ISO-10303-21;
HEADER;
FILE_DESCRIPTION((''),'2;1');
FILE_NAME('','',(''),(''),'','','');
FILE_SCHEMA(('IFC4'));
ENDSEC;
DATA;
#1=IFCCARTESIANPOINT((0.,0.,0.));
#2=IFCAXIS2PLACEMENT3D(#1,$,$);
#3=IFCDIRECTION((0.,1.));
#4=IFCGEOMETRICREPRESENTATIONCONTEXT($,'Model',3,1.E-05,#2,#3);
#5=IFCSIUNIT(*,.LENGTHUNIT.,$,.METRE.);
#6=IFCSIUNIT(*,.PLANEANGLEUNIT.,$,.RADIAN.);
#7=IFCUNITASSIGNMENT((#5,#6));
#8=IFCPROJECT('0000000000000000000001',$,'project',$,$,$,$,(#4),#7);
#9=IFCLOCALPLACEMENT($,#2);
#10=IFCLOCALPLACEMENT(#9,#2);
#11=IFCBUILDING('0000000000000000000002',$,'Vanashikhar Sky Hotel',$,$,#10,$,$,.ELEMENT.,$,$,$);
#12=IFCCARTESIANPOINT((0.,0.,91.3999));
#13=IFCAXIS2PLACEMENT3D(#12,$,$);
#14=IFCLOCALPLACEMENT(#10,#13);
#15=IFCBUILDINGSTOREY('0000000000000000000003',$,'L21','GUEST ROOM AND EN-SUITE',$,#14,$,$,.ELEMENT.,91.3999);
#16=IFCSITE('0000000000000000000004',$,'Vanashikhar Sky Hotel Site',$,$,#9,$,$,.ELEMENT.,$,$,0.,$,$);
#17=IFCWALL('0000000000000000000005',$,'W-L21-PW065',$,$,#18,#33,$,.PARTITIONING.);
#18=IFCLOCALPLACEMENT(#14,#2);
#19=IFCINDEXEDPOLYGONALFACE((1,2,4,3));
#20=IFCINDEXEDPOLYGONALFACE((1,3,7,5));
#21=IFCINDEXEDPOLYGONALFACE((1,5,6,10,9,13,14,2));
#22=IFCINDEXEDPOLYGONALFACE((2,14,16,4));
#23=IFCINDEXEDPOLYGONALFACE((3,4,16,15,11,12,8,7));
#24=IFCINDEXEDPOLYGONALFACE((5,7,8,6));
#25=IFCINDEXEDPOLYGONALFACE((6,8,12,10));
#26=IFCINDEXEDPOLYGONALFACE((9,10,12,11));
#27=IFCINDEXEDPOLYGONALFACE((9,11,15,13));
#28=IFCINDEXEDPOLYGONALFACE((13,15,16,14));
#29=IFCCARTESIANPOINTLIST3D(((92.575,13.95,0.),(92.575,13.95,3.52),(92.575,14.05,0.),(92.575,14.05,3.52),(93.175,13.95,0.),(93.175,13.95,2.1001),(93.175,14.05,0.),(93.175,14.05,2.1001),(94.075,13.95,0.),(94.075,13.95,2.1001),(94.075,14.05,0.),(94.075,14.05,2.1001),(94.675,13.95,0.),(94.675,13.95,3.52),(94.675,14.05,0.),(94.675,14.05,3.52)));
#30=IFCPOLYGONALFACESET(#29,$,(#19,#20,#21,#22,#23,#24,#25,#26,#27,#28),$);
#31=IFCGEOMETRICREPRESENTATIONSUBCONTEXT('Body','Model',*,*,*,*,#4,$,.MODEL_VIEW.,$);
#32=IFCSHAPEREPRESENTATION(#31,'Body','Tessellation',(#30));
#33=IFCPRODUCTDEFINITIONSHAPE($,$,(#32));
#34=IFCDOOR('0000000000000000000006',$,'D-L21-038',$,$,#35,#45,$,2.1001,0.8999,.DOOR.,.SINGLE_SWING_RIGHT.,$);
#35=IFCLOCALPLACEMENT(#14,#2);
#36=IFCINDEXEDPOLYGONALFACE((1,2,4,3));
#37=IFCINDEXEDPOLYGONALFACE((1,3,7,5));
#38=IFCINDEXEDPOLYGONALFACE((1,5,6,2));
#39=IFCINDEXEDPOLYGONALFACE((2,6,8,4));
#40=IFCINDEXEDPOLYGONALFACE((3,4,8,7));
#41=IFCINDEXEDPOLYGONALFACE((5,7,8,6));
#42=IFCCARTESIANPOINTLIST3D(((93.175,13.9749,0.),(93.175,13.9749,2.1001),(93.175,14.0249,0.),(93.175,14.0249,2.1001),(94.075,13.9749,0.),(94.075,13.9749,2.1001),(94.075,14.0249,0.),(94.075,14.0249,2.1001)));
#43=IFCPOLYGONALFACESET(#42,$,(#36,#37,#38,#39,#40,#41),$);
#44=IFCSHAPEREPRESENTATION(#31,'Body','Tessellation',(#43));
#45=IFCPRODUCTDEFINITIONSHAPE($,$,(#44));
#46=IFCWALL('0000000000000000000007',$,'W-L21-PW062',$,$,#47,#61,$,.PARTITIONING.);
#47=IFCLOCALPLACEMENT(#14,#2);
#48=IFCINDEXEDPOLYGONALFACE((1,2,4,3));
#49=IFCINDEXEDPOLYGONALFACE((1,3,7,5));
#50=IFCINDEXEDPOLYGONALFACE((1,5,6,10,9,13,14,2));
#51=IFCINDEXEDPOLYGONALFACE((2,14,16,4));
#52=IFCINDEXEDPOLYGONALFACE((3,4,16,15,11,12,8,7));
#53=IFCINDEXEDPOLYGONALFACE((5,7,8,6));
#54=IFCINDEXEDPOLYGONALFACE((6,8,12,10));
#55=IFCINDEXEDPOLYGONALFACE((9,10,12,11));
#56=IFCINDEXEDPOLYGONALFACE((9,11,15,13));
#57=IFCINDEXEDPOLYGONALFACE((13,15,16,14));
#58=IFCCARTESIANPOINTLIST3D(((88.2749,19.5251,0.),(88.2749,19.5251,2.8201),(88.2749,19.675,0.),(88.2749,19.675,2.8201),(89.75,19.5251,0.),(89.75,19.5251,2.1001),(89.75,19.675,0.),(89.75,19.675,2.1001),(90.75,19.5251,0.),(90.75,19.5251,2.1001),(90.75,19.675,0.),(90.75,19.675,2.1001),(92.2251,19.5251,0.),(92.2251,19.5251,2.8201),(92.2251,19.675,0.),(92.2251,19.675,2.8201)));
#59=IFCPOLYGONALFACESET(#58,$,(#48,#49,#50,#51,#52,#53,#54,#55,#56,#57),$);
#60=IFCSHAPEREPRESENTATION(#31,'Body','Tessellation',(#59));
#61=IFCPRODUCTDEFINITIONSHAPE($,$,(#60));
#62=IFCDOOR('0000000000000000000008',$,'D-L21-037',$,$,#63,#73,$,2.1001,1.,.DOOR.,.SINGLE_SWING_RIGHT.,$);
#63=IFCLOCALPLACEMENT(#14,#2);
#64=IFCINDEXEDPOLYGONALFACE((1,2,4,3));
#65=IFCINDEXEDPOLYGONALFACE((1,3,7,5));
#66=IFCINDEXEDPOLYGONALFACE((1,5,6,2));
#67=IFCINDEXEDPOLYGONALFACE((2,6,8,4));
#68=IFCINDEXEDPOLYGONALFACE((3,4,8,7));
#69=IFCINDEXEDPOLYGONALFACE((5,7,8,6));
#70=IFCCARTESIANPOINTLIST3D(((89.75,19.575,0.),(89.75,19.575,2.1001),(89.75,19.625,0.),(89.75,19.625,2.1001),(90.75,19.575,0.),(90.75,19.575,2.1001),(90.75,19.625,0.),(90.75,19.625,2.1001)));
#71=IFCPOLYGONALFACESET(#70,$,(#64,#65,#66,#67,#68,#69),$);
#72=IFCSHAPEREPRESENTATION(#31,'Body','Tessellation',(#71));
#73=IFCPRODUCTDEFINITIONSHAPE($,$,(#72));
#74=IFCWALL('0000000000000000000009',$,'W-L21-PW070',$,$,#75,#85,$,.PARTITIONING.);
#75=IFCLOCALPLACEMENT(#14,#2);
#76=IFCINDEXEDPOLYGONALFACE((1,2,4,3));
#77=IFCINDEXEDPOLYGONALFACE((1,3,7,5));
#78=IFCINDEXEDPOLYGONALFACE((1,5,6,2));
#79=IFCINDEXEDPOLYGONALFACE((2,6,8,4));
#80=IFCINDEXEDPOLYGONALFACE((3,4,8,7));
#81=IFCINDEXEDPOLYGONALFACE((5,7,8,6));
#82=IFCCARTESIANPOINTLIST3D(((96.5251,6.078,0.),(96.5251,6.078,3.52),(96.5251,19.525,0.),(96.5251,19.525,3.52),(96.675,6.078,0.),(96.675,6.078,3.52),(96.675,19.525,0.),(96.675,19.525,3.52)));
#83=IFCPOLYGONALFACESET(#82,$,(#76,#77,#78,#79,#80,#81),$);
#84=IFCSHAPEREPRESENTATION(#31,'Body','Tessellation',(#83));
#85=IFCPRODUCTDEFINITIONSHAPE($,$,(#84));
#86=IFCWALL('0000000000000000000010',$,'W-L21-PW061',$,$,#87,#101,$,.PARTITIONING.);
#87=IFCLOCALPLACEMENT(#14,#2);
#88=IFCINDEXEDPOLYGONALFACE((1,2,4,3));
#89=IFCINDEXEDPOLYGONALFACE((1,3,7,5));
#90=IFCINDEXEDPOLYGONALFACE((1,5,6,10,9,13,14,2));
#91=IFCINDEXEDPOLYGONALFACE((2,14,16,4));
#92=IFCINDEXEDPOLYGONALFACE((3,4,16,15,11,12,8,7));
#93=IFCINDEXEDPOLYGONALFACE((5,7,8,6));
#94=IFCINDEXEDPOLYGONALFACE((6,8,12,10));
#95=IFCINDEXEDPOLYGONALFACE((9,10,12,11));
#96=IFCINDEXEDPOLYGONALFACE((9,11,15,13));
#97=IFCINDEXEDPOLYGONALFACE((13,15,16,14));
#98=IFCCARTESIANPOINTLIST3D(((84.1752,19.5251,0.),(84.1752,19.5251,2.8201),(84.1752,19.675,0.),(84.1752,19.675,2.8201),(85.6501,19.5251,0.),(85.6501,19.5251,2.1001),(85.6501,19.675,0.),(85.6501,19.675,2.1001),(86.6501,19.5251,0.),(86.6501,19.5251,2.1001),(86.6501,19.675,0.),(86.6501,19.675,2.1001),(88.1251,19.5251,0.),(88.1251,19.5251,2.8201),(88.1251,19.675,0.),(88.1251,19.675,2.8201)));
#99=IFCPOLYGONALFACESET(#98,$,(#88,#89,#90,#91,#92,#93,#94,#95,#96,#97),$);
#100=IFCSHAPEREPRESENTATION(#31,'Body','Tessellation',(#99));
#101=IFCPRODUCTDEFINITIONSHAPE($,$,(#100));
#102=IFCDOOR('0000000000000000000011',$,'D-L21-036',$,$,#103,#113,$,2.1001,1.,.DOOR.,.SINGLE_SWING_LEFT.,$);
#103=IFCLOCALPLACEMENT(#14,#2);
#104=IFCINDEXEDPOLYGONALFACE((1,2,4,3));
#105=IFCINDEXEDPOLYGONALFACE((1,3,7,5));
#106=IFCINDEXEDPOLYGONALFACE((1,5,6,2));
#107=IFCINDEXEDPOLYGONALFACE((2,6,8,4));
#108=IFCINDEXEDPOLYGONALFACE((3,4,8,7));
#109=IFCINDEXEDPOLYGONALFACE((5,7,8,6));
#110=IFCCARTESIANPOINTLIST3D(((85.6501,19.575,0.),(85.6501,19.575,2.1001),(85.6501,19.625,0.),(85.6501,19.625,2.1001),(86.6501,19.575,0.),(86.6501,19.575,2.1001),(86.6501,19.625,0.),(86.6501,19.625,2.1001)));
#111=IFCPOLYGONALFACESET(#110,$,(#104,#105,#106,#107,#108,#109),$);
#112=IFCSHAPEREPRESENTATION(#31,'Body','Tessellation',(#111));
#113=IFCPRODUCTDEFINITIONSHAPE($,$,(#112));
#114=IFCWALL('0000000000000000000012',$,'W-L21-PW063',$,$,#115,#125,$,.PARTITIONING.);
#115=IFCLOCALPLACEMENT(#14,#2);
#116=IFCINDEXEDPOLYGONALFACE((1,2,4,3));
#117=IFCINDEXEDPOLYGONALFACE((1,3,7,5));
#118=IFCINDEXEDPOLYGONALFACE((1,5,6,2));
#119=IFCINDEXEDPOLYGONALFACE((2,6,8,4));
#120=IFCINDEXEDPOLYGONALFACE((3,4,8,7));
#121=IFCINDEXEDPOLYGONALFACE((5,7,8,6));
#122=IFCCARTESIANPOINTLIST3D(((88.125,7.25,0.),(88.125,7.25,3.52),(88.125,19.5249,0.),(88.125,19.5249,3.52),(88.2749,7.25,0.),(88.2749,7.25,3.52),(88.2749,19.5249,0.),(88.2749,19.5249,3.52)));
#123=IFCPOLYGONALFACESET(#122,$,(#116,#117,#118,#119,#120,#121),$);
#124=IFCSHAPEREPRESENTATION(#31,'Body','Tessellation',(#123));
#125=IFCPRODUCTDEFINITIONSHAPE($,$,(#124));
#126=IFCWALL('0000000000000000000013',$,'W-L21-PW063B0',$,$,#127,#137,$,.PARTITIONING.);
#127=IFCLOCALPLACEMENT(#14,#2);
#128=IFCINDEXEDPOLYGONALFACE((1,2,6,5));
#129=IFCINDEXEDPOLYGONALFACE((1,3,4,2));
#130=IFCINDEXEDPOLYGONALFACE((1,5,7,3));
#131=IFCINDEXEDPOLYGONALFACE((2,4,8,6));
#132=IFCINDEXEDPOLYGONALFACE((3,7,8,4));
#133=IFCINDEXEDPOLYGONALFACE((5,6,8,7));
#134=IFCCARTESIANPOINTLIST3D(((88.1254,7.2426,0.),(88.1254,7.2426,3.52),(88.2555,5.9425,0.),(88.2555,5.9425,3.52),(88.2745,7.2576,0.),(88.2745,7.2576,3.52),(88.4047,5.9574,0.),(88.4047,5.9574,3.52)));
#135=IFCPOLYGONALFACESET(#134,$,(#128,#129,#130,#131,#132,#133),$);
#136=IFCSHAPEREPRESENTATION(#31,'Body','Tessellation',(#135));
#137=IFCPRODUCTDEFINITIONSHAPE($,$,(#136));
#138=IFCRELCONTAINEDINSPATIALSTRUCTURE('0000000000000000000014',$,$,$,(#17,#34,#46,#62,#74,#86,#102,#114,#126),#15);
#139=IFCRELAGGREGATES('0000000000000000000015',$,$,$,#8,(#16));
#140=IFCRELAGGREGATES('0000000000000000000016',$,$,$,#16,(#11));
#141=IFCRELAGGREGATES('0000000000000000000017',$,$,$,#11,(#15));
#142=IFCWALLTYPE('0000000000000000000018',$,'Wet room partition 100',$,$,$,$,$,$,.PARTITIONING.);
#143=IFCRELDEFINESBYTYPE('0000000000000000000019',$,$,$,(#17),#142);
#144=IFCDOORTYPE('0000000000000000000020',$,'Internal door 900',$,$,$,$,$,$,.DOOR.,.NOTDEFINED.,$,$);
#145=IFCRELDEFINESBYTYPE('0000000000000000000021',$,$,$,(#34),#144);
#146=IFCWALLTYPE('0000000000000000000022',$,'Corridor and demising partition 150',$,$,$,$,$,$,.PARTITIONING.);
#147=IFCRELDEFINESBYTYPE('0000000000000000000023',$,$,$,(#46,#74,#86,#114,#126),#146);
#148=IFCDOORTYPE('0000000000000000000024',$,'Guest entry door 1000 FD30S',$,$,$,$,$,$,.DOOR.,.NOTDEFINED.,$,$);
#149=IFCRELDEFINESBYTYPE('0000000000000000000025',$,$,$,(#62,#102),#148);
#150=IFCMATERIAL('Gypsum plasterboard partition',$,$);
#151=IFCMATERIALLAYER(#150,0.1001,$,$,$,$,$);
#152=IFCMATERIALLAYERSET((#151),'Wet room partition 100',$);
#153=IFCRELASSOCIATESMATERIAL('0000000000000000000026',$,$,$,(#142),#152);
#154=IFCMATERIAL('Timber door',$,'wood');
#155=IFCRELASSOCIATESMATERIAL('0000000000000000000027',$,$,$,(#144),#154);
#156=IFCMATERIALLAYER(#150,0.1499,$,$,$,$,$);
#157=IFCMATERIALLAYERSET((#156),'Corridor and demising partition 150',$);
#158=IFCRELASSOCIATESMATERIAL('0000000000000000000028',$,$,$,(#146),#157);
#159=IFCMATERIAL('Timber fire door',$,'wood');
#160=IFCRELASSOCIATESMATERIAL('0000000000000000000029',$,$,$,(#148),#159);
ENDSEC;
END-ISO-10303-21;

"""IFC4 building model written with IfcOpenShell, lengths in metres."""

from ifc_helpers import new_model, si_unit, direction, frame, frame_2d, origin, place, context, subcontext, project, spatial, rectangle, extrude, source, transform, mapped, material, layer, layer_set, type_object, element, fill, save


model = new_model("IFC4")

# Units and contexts
model_context = context("Model", 3, precision=1e-05, world=origin(), true_north=direction((0.0, 1.0)))
body_context = subcontext(model_context, "Body", "Model", "MODEL_VIEW")
ifc_project = project(units=[si_unit("LENGTHUNIT", "METRE"), si_unit("PLANEANGLEUNIT", "RADIAN")], contexts=[model_context])

# Site, building, storey
site_placement = place(None, origin())
site = spatial("IfcSite", under=ifc_project, at=site_placement, Name="Vanashikhar Sky Hotel Site", CompositionType="ELEMENT", RefElevation=0.0)
building_placement = place(site_placement, origin())
building = spatial("IfcBuilding", under=site, at=building_placement, Name="Vanashikhar Sky Hotel", CompositionType="ELEMENT")
storey_placement = place(building_placement, frame((0.0, 0.0, 91.3999)))
storey = spatial("IfcBuildingStorey", under=building, at=storey_placement, Name="L21", Description="GUEST ROOM AND EN-SUITE", CompositionType="ELEMENT", Elevation=91.3999)

# Shared definitions
ifc_material_1 = material(Name="Gypsum plasterboard partition")
ifc_layer_1 = layer(ifc_material_1, 0.1001)
ifc_layer_set_1 = layer_set([ifc_layer_1], Name="Wet room partition 100")
wall_type_1 = type_object("IfcWallType", Name="Wet room partition 100", PredefinedType="PARTITIONING", material=ifc_layer_set_1)

# Walls, openings, doors
shared_shape_1 = source(origin(), body_context, "Body", "SweptSolid", [
    extrude(rectangle(XDim=0.8999, YDim=2.1001, at=frame_2d((0.45, 1.05))), frame((0.0, 0.0601, 0.0), z_axis=(0.0, -1.0, 0.0), x_axis=(1.0, 0.0, 0.0)), (0.0, 0.0, 1.0), 0.1201),
])
ifc_material_2 = material(Name="Timber door", Category="wood")
door_type_1 = type_object("IfcDoorType", Name="Internal door 900", OperationType="NOTDEFINED", PredefinedType="DOOR", material=ifc_material_2)
shared_shape_2 = source(origin(), body_context, "Body", "SweptSolid", [
    extrude(rectangle(XDim=0.8999, YDim=2.1001, at=frame_2d((0.45, 1.05))), frame((0.0, 0.0249, 0.0), z_axis=(0.0, -1.0, 0.0), x_axis=(1.0, 0.0, 0.0)), (0.0, 0.0, 1.0), 0.05),
])
shared_shape_3 = source(origin(), body_context, "Body", "SweptSolid", [
    extrude(rectangle(XDim=2.1001, YDim=0.1001, at=frame_2d((1.05, 0.0))), origin(), (0.0, 0.0, 1.0), 3.52),
])
wall_1_placement = place(storey_placement, frame((92.575, 14.0, 0.0), z_axis=(0.0, 0.0, 1.0), x_axis=(1.0, 0.0, 0.0)))
wall_1 = element("IfcWall", 1, at=wall_1_placement, inside=storey, type_object=wall_type_1, Name="W-L21-PW065", PredefinedType="PARTITIONING", context=body_context, shape_type="MappedRepresentation", body=[
    mapped(shared_shape_3, transform((0.0, 0.0, 0.0), scale=1.0)),
])
opening_1_placement = place(wall_1_placement, frame((0.6001, 0.0, 0.0)))
opening_1 = element("IfcOpeningElement", 2, at=opening_1_placement, cuts=wall_1, PredefinedType="OPENING", context=body_context, shape_type="MappedRepresentation", body=[
    mapped(shared_shape_1, transform((0.0, 0.0, 0.0), scale=1.0)),
])
door_1_placement = place(opening_1_placement, origin())
door_1 = element("IfcDoor", 3, at=door_1_placement, inside=storey, type_object=door_type_1, Name="D-L21-038", OperationType="SINGLE_SWING_RIGHT", OverallHeight=2.1001, OverallWidth=0.8999, PredefinedType="DOOR", context=body_context, shape_type="MappedRepresentation", body=[
    mapped(shared_shape_2, transform((0.0, 0.0, 0.0), scale=1.0)),
])
fill(opening_1, door_1)
ifc_layer_2 = layer(ifc_material_1, 0.1499)
ifc_layer_set_2 = layer_set([ifc_layer_2], Name="Corridor and demising partition 150")
wall_type_2 = type_object("IfcWallType", Name="Corridor and demising partition 150", PredefinedType="PARTITIONING", material=ifc_layer_set_2)
shared_shape_4 = source(origin(), body_context, "Body", "SweptSolid", [
    extrude(rectangle(XDim=3.9502, YDim=0.1499, at=frame_2d((1.9751, 0.0))), origin(), (0.0, 0.0, 1.0), 2.8201),
])
wall_2_placement = place(storey_placement, frame((88.2749, 19.6001, 0.0), z_axis=(0.0, 0.0, 1.0), x_axis=(1.0, 0.0, 0.0)))
wall_2 = element("IfcWall", 4, at=wall_2_placement, inside=storey, type_object=wall_type_2, Name="W-L21-PW062", PredefinedType="PARTITIONING", context=body_context, shape_type="MappedRepresentation", body=[
    mapped(shared_shape_4, transform((0.0, 0.0, 0.0), scale=1.0)),
])
shared_shape_5 = source(origin(), body_context, "Body", "SweptSolid", [
    extrude(rectangle(XDim=1.0, YDim=2.1001, at=frame_2d((0.5, 1.05))), frame((0.0, 0.085, 0.0), z_axis=(0.0, -1.0, 0.0), x_axis=(1.0, 0.0, 0.0)), (0.0, 0.0, 1.0), 0.1699),
])
opening_2_placement = place(wall_2_placement, frame((1.4751, 0.0, 0.0)))
opening_2 = element("IfcOpeningElement", 5, at=opening_2_placement, cuts=wall_2, PredefinedType="OPENING", context=body_context, shape_type="MappedRepresentation", body=[
    mapped(shared_shape_5, transform((0.0, 0.0, 0.0), scale=1.0)),
])
ifc_material_3 = material(Name="Timber fire door", Category="wood")
door_type_2 = type_object("IfcDoorType", Name="Guest entry door 1000 FD30S", OperationType="NOTDEFINED", PredefinedType="DOOR", material=ifc_material_3)
shared_shape_6 = source(origin(), body_context, "Body", "SweptSolid", [
    extrude(rectangle(XDim=1.0, YDim=2.1001, at=frame_2d((0.5, 1.05))), frame((0.0, 0.0249, 0.0), z_axis=(0.0, -1.0, 0.0), x_axis=(1.0, 0.0, 0.0)), (0.0, 0.0, 1.0), 0.05),
])
door_2_placement = place(opening_2_placement, origin())
door_2 = element("IfcDoor", 6, at=door_2_placement, inside=storey, type_object=door_type_2, Name="D-L21-037", OperationType="SINGLE_SWING_RIGHT", OverallHeight=2.1001, OverallWidth=1.0, PredefinedType="DOOR", context=body_context, shape_type="MappedRepresentation", body=[
    mapped(shared_shape_6, transform((0.0, 0.0, 0.0), scale=1.0)),
])
fill(opening_2, door_2)

# Wall
shared_shape_7 = source(origin(), body_context, "Body", "SweptSolid", [
    extrude(rectangle(XDim=13.447, YDim=0.1499, at=frame_2d((6.7236, 0.0))), origin(), (0.0, 0.0, 1.0), 3.52),
])
wall_3_placement = place(storey_placement, frame((96.6001, 6.0779, 0.0), z_axis=(0.0, 0.0, 1.0), x_axis=(0.0, 1.0, 0.0)))
element("IfcWall", 7, at=wall_3_placement, inside=storey, type_object=wall_type_2, Name="W-L21-PW070", PredefinedType="PARTITIONING", context=body_context, shape_type="MappedRepresentation", body=[
    mapped(shared_shape_7, transform((0.0, 0.0, 0.0), scale=1.0)),
])

# Wall, opening, door
shared_shape_8 = source(origin(), body_context, "Body", "SweptSolid", [
    extrude(rectangle(XDim=3.95, YDim=0.1499, at=frame_2d((1.9751, 0.0))), origin(), (0.0, 0.0, 1.0), 2.8201),
])
wall_4_placement = place(storey_placement, frame((84.175, 19.6001, 0.0), z_axis=(0.0, 0.0, 1.0), x_axis=(1.0, 0.0, 0.0)))
wall_4 = element("IfcWall", 8, at=wall_4_placement, inside=storey, type_object=wall_type_2, Name="W-L21-PW061", PredefinedType="PARTITIONING", context=body_context, shape_type="MappedRepresentation", body=[
    mapped(shared_shape_8, transform((0.0, 0.0, 0.0), scale=1.0)),
])
opening_3_placement = place(wall_4_placement, frame((1.4751, 0.0, 0.0)))
opening_3 = element("IfcOpeningElement", 9, at=opening_3_placement, cuts=wall_4, PredefinedType="OPENING", context=body_context, shape_type="MappedRepresentation", body=[
    mapped(shared_shape_5, transform((0.0, 0.0, 0.0), scale=1.0)),
])
door_3_placement = place(opening_3_placement, origin())
door_3 = element("IfcDoor", 10, at=door_3_placement, inside=storey, type_object=door_type_2, Name="D-L21-036", OperationType="SINGLE_SWING_LEFT", OverallHeight=2.1001, OverallWidth=1.0, PredefinedType="DOOR", context=body_context, shape_type="MappedRepresentation", body=[
    mapped(shared_shape_6, transform((0.0, 0.0, 0.0), scale=1.0)),
])
fill(opening_3, door_3)

# Walls
shared_shape_9 = source(origin(), body_context, "Body", "SweptSolid", [
    extrude(rectangle(XDim=12.2749, YDim=0.1499, at=frame_2d((6.1375, 0.0))), origin(), (0.0, 0.0, 1.0), 3.52),
])
wall_5_placement = place(storey_placement, frame((88.2, 7.25, 0.0), z_axis=(0.0, 0.0, 1.0), x_axis=(0.0, 1.0, 0.0)))
element("IfcWall", 11, at=wall_5_placement, inside=storey, type_object=wall_type_2, Name="W-L21-PW063", PredefinedType="PARTITIONING", context=body_context, shape_type="MappedRepresentation", body=[
    mapped(shared_shape_9, transform((0.0, 0.0, 0.0), scale=1.0)),
])
shared_shape_10 = source(origin(), body_context, "Body", "SweptSolid", [
    extrude(rectangle(XDim=1.3066, YDim=0.1499, at=frame_2d((0.6533, 0.0))), origin(), (0.0, 0.0, 1.0), 3.52),
])
wall_6_placement = place(storey_placement, frame((88.3301, 5.95, 0.0), z_axis=(0.0, 0.0, 1.0), x_axis=(-0.099596, 0.995028, 0.0)))
element("IfcWall", 12, at=wall_6_placement, inside=storey, type_object=wall_type_2, Name="W-L21-PW063B0", PredefinedType="PARTITIONING", context=body_context, shape_type="MappedRepresentation", body=[
    mapped(shared_shape_10, transform((0.0, 0.0, 0.0), scale=1.0)),
])

save(model, "model.ifc")
